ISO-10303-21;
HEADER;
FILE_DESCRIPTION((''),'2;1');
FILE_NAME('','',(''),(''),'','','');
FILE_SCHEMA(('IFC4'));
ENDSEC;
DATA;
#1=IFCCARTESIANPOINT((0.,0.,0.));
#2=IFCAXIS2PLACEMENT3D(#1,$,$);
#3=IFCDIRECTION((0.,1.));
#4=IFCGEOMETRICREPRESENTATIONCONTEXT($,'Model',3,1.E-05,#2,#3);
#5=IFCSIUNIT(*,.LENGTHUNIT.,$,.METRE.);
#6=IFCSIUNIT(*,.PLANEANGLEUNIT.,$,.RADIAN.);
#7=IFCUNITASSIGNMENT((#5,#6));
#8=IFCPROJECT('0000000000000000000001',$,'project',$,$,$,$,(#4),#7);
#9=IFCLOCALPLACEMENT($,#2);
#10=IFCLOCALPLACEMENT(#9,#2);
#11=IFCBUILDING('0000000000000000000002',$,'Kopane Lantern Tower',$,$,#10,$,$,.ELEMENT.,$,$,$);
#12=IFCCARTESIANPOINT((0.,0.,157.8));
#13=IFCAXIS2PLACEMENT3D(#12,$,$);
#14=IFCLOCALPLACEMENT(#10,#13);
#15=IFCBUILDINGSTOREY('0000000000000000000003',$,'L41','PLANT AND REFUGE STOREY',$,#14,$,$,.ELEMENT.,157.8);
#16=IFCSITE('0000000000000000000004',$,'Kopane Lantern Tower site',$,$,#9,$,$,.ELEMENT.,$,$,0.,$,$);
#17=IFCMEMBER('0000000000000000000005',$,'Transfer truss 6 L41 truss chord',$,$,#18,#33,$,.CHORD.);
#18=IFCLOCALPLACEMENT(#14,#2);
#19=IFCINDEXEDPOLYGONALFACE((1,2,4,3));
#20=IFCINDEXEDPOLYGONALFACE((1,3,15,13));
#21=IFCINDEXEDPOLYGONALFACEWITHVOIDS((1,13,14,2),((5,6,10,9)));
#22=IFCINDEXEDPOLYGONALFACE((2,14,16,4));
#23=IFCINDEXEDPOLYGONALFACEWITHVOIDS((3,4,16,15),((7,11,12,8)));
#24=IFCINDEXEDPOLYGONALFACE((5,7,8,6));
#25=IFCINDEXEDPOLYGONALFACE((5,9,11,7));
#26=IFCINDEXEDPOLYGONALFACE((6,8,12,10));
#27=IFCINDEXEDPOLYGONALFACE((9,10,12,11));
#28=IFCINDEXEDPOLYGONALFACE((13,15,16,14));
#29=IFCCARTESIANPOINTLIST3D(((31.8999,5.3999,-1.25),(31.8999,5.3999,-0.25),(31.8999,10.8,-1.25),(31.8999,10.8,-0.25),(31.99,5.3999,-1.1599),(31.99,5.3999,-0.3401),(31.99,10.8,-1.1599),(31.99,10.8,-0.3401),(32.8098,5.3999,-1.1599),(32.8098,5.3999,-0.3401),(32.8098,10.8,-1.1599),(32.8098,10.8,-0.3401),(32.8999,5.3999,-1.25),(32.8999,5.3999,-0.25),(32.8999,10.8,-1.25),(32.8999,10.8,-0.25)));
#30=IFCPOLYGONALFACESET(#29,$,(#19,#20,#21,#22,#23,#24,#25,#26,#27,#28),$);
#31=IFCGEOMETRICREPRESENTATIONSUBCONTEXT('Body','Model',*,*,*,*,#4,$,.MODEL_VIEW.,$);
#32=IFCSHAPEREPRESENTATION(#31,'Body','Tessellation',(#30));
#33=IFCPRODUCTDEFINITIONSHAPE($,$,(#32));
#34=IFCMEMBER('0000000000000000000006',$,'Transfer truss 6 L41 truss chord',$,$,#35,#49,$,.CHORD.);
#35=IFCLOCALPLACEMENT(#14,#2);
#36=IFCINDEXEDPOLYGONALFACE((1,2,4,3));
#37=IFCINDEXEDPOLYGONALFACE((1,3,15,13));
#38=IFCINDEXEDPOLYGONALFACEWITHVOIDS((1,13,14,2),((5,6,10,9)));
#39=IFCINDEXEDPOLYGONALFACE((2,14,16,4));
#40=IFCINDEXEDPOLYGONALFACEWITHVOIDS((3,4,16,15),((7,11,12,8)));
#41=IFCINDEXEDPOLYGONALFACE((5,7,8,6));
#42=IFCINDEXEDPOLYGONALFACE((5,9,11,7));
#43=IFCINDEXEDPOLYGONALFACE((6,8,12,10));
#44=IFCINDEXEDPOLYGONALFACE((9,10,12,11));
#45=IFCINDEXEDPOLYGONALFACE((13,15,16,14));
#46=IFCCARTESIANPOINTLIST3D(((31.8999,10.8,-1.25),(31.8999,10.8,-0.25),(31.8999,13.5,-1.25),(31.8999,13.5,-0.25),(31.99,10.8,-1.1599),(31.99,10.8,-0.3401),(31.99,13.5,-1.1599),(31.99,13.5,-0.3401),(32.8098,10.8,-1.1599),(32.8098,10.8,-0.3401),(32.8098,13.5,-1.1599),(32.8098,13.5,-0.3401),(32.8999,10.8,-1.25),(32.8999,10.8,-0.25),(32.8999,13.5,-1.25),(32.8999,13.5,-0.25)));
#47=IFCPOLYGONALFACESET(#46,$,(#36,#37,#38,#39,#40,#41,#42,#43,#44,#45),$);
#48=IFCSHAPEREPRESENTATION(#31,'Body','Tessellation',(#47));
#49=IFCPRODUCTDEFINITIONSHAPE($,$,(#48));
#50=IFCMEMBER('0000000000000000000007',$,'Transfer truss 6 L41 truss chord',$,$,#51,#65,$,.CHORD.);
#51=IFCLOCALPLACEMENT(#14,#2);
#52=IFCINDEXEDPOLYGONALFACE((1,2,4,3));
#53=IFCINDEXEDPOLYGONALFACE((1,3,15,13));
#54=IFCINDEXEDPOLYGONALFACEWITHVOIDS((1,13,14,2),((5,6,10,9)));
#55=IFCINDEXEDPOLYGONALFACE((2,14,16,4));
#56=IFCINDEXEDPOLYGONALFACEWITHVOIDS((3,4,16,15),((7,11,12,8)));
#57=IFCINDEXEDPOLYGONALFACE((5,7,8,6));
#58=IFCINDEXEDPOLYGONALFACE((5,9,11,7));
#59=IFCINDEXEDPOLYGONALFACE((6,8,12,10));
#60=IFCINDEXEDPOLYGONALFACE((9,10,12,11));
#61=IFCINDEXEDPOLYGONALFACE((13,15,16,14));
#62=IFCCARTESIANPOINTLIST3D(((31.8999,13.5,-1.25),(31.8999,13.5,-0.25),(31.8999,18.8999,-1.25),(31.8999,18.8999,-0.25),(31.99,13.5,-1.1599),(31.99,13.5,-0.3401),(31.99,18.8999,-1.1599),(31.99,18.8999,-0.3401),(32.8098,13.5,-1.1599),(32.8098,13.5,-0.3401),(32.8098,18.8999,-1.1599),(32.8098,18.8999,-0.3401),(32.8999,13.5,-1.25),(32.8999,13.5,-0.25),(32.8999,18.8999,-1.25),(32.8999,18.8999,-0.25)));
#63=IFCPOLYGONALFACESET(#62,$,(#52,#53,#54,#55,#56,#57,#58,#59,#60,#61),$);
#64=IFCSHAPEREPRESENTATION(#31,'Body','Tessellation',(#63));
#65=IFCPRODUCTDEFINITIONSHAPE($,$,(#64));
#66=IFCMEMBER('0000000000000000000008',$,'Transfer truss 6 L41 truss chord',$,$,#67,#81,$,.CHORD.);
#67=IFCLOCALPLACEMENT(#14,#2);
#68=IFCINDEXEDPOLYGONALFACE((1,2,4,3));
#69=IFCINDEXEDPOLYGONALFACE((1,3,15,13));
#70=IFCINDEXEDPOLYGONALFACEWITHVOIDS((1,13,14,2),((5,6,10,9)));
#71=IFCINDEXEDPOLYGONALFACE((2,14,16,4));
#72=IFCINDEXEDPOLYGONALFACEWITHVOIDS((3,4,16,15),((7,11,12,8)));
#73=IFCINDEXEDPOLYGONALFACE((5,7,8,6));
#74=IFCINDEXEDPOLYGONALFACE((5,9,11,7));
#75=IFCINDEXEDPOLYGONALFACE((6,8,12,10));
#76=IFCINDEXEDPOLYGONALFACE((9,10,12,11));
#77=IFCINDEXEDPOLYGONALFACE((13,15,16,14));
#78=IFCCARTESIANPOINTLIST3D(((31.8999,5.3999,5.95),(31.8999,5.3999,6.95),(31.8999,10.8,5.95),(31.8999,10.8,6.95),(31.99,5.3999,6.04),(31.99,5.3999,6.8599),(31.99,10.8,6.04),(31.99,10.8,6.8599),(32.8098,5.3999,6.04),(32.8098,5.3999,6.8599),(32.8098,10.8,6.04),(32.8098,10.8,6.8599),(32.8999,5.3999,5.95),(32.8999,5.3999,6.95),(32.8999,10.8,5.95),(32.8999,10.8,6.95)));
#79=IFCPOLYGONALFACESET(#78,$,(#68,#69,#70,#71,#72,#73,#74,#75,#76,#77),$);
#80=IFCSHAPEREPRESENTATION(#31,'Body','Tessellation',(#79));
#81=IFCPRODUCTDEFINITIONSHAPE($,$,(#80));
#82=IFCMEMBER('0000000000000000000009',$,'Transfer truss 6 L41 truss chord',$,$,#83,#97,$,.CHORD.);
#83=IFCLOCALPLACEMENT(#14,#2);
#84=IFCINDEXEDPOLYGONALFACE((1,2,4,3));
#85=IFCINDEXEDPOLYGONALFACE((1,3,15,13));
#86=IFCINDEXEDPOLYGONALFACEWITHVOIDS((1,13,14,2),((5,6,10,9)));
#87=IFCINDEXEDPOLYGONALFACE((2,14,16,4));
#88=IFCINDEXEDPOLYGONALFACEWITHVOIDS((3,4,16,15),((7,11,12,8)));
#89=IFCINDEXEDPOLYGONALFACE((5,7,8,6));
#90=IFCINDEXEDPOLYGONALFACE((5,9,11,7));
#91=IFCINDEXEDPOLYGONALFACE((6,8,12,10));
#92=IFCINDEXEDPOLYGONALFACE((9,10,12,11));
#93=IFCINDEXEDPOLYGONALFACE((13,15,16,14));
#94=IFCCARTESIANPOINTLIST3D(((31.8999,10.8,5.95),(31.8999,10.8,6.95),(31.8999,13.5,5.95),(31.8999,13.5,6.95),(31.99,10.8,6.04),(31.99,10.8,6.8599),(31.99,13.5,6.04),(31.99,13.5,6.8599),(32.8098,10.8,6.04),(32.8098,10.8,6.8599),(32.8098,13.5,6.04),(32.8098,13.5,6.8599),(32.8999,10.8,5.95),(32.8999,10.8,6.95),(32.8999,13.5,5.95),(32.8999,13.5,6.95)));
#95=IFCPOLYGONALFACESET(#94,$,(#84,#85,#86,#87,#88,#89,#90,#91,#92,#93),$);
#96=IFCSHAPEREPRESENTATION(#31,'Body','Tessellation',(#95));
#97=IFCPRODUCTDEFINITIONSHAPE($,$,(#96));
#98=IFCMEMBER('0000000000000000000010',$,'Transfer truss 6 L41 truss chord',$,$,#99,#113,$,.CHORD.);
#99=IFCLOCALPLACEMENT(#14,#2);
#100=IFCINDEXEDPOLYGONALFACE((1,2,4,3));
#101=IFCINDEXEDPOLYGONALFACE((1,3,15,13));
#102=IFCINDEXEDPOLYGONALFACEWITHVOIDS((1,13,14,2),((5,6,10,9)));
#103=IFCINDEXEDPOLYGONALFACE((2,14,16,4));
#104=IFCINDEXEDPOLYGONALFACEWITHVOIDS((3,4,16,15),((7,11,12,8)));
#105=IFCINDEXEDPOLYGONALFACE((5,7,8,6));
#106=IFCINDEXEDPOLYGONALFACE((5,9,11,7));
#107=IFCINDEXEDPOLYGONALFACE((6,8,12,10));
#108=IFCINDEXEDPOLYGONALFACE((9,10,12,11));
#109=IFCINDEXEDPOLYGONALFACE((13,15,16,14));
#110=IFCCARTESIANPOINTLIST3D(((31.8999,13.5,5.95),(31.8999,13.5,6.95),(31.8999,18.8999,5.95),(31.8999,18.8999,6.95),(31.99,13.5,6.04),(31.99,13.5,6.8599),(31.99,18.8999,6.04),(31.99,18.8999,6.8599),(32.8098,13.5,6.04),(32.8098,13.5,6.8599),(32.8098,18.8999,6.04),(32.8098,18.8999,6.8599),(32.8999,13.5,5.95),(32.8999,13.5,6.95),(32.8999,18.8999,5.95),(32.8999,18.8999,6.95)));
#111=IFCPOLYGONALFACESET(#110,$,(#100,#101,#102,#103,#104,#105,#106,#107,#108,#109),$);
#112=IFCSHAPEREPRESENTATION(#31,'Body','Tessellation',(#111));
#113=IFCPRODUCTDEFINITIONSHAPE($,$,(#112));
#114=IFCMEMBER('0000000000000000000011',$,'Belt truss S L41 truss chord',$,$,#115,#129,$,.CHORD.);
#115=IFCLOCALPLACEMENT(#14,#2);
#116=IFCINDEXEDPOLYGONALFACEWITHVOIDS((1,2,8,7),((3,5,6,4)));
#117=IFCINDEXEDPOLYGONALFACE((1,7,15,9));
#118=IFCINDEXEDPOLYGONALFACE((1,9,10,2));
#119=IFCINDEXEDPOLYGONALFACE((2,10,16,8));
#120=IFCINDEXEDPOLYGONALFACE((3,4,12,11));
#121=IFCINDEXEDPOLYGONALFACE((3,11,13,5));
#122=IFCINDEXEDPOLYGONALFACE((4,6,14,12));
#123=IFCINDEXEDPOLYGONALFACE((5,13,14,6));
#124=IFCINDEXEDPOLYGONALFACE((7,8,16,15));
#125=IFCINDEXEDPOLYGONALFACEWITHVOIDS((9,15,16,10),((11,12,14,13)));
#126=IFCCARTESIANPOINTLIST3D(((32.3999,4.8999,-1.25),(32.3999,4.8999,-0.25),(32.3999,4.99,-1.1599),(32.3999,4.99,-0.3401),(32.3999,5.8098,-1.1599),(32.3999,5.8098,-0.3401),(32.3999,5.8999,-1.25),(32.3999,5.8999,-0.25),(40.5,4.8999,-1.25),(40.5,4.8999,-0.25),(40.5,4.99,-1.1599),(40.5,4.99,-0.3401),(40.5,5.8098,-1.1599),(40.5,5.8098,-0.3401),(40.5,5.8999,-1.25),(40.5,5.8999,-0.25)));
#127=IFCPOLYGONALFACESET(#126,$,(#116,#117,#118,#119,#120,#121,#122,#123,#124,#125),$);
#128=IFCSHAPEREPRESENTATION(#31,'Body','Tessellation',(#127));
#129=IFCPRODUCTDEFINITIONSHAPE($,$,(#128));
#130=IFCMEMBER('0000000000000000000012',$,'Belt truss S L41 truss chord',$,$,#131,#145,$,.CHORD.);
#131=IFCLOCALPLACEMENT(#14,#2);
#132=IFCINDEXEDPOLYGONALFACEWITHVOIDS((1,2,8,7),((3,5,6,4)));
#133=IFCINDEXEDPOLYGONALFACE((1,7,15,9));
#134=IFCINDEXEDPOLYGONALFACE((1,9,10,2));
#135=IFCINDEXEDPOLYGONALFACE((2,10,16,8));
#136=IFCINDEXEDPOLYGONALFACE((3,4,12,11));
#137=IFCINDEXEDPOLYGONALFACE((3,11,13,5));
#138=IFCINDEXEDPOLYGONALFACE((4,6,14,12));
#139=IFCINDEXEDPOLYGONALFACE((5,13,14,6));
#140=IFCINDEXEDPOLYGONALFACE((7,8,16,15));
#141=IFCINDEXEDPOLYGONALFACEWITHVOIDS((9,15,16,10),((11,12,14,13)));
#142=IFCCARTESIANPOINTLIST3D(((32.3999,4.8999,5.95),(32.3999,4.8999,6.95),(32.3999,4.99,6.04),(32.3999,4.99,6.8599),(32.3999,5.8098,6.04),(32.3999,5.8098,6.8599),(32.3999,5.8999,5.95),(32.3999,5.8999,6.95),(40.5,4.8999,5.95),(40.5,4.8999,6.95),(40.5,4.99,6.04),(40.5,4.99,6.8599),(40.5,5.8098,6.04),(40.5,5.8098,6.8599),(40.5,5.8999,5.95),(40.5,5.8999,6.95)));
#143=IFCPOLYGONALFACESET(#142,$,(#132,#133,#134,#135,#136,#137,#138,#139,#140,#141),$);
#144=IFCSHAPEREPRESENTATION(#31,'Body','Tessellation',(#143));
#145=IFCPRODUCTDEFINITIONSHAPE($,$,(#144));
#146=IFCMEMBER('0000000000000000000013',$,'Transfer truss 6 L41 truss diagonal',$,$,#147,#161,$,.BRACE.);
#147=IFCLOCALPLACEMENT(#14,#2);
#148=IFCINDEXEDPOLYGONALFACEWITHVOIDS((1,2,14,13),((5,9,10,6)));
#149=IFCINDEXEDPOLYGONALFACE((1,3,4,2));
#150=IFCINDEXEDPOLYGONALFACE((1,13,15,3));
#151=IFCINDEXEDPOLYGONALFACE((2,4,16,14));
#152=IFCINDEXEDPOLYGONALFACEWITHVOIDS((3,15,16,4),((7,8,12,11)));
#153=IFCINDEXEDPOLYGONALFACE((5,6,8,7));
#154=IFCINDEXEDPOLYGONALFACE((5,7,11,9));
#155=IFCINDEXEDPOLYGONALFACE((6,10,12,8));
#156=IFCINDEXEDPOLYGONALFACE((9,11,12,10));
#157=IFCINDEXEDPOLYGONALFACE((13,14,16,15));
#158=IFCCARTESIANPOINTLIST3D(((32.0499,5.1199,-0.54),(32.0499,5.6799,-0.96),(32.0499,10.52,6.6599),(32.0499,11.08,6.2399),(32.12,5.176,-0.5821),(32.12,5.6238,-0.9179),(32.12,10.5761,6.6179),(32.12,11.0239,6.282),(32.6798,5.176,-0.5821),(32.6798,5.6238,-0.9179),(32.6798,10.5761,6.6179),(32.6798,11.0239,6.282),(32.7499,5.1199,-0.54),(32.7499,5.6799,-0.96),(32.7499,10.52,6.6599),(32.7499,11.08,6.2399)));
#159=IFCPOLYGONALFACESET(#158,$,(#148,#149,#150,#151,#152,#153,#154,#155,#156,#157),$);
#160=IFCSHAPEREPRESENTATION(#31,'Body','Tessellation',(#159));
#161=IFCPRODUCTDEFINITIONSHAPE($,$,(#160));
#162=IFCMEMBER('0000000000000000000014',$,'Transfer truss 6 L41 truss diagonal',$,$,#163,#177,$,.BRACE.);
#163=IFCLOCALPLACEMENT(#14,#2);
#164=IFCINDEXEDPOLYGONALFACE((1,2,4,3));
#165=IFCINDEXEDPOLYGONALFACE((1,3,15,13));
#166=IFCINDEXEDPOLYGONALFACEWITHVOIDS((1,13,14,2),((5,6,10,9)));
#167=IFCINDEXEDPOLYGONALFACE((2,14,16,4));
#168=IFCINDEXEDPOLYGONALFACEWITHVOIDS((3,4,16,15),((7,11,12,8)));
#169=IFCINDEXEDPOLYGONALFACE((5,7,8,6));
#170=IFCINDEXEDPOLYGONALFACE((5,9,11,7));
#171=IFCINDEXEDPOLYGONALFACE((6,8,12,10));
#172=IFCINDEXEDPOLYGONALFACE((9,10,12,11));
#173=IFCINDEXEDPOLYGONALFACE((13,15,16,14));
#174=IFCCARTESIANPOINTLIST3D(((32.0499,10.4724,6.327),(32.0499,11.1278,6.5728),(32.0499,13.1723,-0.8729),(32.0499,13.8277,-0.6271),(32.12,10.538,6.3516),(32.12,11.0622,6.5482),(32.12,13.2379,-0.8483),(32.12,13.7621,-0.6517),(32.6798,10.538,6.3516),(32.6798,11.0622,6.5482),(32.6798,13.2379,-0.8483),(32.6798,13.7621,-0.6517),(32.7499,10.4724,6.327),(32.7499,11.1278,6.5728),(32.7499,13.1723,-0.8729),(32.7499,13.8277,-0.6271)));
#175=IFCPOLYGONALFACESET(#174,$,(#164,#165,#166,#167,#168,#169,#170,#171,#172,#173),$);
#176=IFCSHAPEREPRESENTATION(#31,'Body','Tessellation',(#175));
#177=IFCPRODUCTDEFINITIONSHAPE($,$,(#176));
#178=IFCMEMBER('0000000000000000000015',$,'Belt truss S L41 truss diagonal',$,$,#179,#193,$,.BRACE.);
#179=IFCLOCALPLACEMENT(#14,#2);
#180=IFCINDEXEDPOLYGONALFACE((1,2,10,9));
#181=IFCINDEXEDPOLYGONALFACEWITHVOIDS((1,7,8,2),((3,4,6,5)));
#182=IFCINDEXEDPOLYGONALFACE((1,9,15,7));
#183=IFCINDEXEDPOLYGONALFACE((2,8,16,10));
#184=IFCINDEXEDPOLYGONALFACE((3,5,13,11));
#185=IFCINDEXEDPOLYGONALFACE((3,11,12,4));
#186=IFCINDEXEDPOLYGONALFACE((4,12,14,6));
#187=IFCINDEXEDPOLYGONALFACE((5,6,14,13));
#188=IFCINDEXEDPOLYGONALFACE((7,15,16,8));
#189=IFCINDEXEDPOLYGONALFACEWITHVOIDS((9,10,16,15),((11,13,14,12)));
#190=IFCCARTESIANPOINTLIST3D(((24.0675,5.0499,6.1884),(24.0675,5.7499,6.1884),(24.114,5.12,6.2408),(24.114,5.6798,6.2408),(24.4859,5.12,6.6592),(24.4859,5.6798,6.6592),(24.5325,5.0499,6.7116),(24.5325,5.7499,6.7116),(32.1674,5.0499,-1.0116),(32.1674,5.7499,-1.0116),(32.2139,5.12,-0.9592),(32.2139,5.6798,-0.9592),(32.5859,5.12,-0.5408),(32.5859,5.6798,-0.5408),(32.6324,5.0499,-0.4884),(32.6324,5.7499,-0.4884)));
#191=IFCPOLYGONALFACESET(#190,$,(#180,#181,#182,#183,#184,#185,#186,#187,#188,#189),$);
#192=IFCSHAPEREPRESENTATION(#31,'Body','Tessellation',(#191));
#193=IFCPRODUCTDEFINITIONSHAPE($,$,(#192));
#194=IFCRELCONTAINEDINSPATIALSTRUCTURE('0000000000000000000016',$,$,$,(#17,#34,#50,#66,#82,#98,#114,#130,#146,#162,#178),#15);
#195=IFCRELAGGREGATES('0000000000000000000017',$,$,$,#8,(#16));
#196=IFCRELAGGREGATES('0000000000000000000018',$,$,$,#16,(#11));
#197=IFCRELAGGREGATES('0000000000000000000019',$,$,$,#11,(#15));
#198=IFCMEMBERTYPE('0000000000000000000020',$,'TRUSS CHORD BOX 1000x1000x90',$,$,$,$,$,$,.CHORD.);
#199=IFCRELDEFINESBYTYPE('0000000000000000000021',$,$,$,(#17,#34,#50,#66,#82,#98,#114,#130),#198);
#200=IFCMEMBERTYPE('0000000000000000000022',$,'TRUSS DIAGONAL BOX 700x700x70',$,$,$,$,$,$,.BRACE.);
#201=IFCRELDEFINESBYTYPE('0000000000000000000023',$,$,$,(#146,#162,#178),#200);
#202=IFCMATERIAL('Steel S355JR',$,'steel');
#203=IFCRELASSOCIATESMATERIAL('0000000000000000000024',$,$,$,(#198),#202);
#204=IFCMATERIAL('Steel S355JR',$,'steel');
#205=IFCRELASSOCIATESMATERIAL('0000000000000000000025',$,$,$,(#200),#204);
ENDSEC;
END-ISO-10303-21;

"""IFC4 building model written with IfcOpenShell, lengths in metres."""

from ifc_helpers import new_model, si_unit, direction, frame, origin, origin_2d, place, context, subcontext, project, spatial, hollow_rectangle, extrude, material, material_profile, profile_set, type_object, element, save


model = new_model("IFC4")

# Units and contexts
model_context = context("Model", 3, precision=1e-05, world=origin(), true_north=direction((0.0, 1.0)))
body_context = subcontext(model_context, "Body", "Model", "MODEL_VIEW")
ifc_project = project(units=[si_unit("LENGTHUNIT", "METRE"), si_unit("PLANEANGLEUNIT", "RADIAN")], contexts=[model_context])

# Site, building, storey
site_placement = place(None, origin())
site = spatial("IfcSite", under=ifc_project, at=site_placement, Name="Kopane Lantern Tower site", CompositionType="ELEMENT", RefElevation=0.0)
building_placement = place(site_placement, origin())
building = spatial("IfcBuilding", under=site, at=building_placement, Name="Kopane Lantern Tower", CompositionType="ELEMENT")
storey_placement = place(building_placement, frame((0.0, 0.0, 157.8)))
storey = spatial("IfcBuildingStorey", under=building, at=storey_placement, Name="L41", Description="PLANT AND REFUGE STOREY", CompositionType="ELEMENT", Elevation=157.8)

# Members
ifc_material_1 = material(Name="Steel S355JR", Category="steel")
ifc_material_profile_1 = material_profile(ifc_material_1, hollow_rectangle(XDim=1.0, YDim=1.0, WallThickness=0.0901, at=origin_2d()), Name="BOX 1000x1000x90")
ifc_profile_set_1 = profile_set([ifc_material_profile_1], Name="Steel S355JR")
member_type_1 = type_object("IfcMemberType", Name="TRUSS CHORD BOX 1000x1000x90", PredefinedType="CHORD", material=ifc_profile_set_1)
member_1_placement = place(storey_placement, frame((32.3999, 5.3999, -0.75), z_axis=(0.0, 1.0, 0.0), x_axis=(-1.0, 0.0, 0.0)))
element("IfcMember", 1, at=member_1_placement, inside=storey, type_object=member_type_1, Name="Transfer truss 6 L41 truss chord", PredefinedType="CHORD", context=body_context, shape_type="SweptSolid", body=[
    extrude(hollow_rectangle(XDim=1.0, YDim=1.0, WallThickness=0.0901, at=origin_2d()), origin(), (0.0, 0.0, 1.0), 5.4001),
])
member_2_placement = place(storey_placement, frame((32.3999, 10.8, -0.75), z_axis=(0.0, 1.0, 0.0), x_axis=(-1.0, 0.0, 0.0)))
element("IfcMember", 2, at=member_2_placement, inside=storey, type_object=member_type_1, Name="Transfer truss 6 L41 truss chord", PredefinedType="CHORD", context=body_context, shape_type="SweptSolid", body=[
    extrude(hollow_rectangle(XDim=1.0, YDim=1.0, WallThickness=0.0901, at=origin_2d()), origin(), (0.0, 0.0, 1.0), 2.7),
])
member_3_placement = place(storey_placement, frame((32.3999, 13.5, -0.75), z_axis=(0.0, 1.0, 0.0), x_axis=(-1.0, 0.0, 0.0)))
element("IfcMember", 3, at=member_3_placement, inside=storey, type_object=member_type_1, Name="Transfer truss 6 L41 truss chord", PredefinedType="CHORD", context=body_context, shape_type="SweptSolid", body=[
    extrude(hollow_rectangle(XDim=1.0, YDim=1.0, WallThickness=0.0901, at=origin_2d()), origin(), (0.0, 0.0, 1.0), 5.3999),
])
member_4_placement = place(storey_placement, frame((32.3999, 5.3999, 6.45), z_axis=(0.0, 1.0, 0.0), x_axis=(-1.0, 0.0, 0.0)))
element("IfcMember", 4, at=member_4_placement, inside=storey, type_object=member_type_1, Name="Transfer truss 6 L41 truss chord", PredefinedType="CHORD", context=body_context, shape_type="SweptSolid", body=[
    extrude(hollow_rectangle(XDim=1.0, YDim=1.0, WallThickness=0.0901, at=origin_2d()), origin(), (0.0, 0.0, 1.0), 5.4001),
])
member_5_placement = place(storey_placement, frame((32.3999, 10.8, 6.45), z_axis=(0.0, 1.0, 0.0), x_axis=(-1.0, 0.0, 0.0)))
element("IfcMember", 5, at=member_5_placement, inside=storey, type_object=member_type_1, Name="Transfer truss 6 L41 truss chord", PredefinedType="CHORD", context=body_context, shape_type="SweptSolid", body=[
    extrude(hollow_rectangle(XDim=1.0, YDim=1.0, WallThickness=0.0901, at=origin_2d()), origin(), (0.0, 0.0, 1.0), 2.7),
])
member_6_placement = place(storey_placement, frame((32.3999, 13.5, 6.45), z_axis=(0.0, 1.0, 0.0), x_axis=(-1.0, 0.0, 0.0)))
element("IfcMember", 6, at=member_6_placement, inside=storey, type_object=member_type_1, Name="Transfer truss 6 L41 truss chord", PredefinedType="CHORD", context=body_context, shape_type="SweptSolid", body=[
    extrude(hollow_rectangle(XDim=1.0, YDim=1.0, WallThickness=0.0901, at=origin_2d()), origin(), (0.0, 0.0, 1.0), 5.3999),
])
for number, where, z_axis, x_axis, name in (
    (7, (32.3999, 5.3999, -0.75), (1.0, 0.0, 0.0), (0.0, 1.0, 0.0), "Belt truss S L41 truss chord"),
    (8, (32.3999, 5.3999, 6.45), (1.0, 0.0, 0.0), (0.0, 1.0, 0.0), "Belt truss S L41 truss chord"),
):
    element("IfcMember", number, at=place(storey_placement, frame(where, z_axis=z_axis, x_axis=x_axis)), inside=storey, type_object=member_type_1, Name=name, PredefinedType="CHORD", context=body_context, shape_type="SweptSolid", body=[
        extrude(hollow_rectangle(XDim=1.0, YDim=1.0, WallThickness=0.0901, at=origin_2d()), origin(), (0.0, 0.0, 1.0), 8.1001),
    ])
ifc_material_2 = material(Name="Steel S355JR", Category="steel")
ifc_material_profile_2 = material_profile(ifc_material_2, hollow_rectangle(XDim=0.7, YDim=0.7, WallThickness=0.0701, at=origin_2d()), Name="BOX 700x700x70")
ifc_profile_set_2 = profile_set([ifc_material_profile_2], Name="Steel S355JR")
member_type_2 = type_object("IfcMemberType", Name="TRUSS DIAGONAL BOX 700x700x70", PredefinedType="BRACE", material=ifc_profile_set_2)
member_7_placement = place(storey_placement, frame((32.3999, 5.3999, -0.75), z_axis=(0.0, 0.600013, 0.79999), x_axis=(-1.0, 0.0, 0.0)))
element("IfcMember", 9, at=member_7_placement, inside=storey, type_object=member_type_2, Name="Transfer truss 6 L41 truss diagonal", PredefinedType="BRACE", context=body_context, shape_type="SweptSolid", body=[
    extrude(hollow_rectangle(XDim=0.7, YDim=0.7, WallThickness=0.0701, at=origin_2d()), origin(), (0.0, 0.0, 1.0), 9.0),
])
member_8_placement = place(storey_placement, frame((32.3999, 13.5, -0.75), z_axis=(0.0, -0.35112, 0.93633), x_axis=(1.0, 0.0, 0.0)))
element("IfcMember", 10, at=member_8_placement, inside=storey, type_object=member_type_2, Name="Transfer truss 6 L41 truss diagonal", PredefinedType="BRACE", context=body_context, shape_type="SweptSolid", body=[
    extrude(hollow_rectangle(XDim=0.7, YDim=0.7, WallThickness=0.0701, at=origin_2d()), origin(), (0.0, 0.0, 1.0), 7.6895),
])
member_9_placement = place(storey_placement, frame((32.3999, 5.3999, -0.75), z_axis=(-0.747406, 0.0, 0.664368), x_axis=(0.0, -1.0, 0.0)))
element("IfcMember", 11, at=member_9_placement, inside=storey, type_object=member_type_2, Name="Belt truss S L41 truss diagonal", PredefinedType="BRACE", context=body_context, shape_type="SweptSolid", body=[
    extrude(hollow_rectangle(XDim=0.7, YDim=0.7, WallThickness=0.0701, at=origin_2d()), origin(), (0.0, 0.0, 1.0), 10.8374),
])

save(model, "model.ifc")
